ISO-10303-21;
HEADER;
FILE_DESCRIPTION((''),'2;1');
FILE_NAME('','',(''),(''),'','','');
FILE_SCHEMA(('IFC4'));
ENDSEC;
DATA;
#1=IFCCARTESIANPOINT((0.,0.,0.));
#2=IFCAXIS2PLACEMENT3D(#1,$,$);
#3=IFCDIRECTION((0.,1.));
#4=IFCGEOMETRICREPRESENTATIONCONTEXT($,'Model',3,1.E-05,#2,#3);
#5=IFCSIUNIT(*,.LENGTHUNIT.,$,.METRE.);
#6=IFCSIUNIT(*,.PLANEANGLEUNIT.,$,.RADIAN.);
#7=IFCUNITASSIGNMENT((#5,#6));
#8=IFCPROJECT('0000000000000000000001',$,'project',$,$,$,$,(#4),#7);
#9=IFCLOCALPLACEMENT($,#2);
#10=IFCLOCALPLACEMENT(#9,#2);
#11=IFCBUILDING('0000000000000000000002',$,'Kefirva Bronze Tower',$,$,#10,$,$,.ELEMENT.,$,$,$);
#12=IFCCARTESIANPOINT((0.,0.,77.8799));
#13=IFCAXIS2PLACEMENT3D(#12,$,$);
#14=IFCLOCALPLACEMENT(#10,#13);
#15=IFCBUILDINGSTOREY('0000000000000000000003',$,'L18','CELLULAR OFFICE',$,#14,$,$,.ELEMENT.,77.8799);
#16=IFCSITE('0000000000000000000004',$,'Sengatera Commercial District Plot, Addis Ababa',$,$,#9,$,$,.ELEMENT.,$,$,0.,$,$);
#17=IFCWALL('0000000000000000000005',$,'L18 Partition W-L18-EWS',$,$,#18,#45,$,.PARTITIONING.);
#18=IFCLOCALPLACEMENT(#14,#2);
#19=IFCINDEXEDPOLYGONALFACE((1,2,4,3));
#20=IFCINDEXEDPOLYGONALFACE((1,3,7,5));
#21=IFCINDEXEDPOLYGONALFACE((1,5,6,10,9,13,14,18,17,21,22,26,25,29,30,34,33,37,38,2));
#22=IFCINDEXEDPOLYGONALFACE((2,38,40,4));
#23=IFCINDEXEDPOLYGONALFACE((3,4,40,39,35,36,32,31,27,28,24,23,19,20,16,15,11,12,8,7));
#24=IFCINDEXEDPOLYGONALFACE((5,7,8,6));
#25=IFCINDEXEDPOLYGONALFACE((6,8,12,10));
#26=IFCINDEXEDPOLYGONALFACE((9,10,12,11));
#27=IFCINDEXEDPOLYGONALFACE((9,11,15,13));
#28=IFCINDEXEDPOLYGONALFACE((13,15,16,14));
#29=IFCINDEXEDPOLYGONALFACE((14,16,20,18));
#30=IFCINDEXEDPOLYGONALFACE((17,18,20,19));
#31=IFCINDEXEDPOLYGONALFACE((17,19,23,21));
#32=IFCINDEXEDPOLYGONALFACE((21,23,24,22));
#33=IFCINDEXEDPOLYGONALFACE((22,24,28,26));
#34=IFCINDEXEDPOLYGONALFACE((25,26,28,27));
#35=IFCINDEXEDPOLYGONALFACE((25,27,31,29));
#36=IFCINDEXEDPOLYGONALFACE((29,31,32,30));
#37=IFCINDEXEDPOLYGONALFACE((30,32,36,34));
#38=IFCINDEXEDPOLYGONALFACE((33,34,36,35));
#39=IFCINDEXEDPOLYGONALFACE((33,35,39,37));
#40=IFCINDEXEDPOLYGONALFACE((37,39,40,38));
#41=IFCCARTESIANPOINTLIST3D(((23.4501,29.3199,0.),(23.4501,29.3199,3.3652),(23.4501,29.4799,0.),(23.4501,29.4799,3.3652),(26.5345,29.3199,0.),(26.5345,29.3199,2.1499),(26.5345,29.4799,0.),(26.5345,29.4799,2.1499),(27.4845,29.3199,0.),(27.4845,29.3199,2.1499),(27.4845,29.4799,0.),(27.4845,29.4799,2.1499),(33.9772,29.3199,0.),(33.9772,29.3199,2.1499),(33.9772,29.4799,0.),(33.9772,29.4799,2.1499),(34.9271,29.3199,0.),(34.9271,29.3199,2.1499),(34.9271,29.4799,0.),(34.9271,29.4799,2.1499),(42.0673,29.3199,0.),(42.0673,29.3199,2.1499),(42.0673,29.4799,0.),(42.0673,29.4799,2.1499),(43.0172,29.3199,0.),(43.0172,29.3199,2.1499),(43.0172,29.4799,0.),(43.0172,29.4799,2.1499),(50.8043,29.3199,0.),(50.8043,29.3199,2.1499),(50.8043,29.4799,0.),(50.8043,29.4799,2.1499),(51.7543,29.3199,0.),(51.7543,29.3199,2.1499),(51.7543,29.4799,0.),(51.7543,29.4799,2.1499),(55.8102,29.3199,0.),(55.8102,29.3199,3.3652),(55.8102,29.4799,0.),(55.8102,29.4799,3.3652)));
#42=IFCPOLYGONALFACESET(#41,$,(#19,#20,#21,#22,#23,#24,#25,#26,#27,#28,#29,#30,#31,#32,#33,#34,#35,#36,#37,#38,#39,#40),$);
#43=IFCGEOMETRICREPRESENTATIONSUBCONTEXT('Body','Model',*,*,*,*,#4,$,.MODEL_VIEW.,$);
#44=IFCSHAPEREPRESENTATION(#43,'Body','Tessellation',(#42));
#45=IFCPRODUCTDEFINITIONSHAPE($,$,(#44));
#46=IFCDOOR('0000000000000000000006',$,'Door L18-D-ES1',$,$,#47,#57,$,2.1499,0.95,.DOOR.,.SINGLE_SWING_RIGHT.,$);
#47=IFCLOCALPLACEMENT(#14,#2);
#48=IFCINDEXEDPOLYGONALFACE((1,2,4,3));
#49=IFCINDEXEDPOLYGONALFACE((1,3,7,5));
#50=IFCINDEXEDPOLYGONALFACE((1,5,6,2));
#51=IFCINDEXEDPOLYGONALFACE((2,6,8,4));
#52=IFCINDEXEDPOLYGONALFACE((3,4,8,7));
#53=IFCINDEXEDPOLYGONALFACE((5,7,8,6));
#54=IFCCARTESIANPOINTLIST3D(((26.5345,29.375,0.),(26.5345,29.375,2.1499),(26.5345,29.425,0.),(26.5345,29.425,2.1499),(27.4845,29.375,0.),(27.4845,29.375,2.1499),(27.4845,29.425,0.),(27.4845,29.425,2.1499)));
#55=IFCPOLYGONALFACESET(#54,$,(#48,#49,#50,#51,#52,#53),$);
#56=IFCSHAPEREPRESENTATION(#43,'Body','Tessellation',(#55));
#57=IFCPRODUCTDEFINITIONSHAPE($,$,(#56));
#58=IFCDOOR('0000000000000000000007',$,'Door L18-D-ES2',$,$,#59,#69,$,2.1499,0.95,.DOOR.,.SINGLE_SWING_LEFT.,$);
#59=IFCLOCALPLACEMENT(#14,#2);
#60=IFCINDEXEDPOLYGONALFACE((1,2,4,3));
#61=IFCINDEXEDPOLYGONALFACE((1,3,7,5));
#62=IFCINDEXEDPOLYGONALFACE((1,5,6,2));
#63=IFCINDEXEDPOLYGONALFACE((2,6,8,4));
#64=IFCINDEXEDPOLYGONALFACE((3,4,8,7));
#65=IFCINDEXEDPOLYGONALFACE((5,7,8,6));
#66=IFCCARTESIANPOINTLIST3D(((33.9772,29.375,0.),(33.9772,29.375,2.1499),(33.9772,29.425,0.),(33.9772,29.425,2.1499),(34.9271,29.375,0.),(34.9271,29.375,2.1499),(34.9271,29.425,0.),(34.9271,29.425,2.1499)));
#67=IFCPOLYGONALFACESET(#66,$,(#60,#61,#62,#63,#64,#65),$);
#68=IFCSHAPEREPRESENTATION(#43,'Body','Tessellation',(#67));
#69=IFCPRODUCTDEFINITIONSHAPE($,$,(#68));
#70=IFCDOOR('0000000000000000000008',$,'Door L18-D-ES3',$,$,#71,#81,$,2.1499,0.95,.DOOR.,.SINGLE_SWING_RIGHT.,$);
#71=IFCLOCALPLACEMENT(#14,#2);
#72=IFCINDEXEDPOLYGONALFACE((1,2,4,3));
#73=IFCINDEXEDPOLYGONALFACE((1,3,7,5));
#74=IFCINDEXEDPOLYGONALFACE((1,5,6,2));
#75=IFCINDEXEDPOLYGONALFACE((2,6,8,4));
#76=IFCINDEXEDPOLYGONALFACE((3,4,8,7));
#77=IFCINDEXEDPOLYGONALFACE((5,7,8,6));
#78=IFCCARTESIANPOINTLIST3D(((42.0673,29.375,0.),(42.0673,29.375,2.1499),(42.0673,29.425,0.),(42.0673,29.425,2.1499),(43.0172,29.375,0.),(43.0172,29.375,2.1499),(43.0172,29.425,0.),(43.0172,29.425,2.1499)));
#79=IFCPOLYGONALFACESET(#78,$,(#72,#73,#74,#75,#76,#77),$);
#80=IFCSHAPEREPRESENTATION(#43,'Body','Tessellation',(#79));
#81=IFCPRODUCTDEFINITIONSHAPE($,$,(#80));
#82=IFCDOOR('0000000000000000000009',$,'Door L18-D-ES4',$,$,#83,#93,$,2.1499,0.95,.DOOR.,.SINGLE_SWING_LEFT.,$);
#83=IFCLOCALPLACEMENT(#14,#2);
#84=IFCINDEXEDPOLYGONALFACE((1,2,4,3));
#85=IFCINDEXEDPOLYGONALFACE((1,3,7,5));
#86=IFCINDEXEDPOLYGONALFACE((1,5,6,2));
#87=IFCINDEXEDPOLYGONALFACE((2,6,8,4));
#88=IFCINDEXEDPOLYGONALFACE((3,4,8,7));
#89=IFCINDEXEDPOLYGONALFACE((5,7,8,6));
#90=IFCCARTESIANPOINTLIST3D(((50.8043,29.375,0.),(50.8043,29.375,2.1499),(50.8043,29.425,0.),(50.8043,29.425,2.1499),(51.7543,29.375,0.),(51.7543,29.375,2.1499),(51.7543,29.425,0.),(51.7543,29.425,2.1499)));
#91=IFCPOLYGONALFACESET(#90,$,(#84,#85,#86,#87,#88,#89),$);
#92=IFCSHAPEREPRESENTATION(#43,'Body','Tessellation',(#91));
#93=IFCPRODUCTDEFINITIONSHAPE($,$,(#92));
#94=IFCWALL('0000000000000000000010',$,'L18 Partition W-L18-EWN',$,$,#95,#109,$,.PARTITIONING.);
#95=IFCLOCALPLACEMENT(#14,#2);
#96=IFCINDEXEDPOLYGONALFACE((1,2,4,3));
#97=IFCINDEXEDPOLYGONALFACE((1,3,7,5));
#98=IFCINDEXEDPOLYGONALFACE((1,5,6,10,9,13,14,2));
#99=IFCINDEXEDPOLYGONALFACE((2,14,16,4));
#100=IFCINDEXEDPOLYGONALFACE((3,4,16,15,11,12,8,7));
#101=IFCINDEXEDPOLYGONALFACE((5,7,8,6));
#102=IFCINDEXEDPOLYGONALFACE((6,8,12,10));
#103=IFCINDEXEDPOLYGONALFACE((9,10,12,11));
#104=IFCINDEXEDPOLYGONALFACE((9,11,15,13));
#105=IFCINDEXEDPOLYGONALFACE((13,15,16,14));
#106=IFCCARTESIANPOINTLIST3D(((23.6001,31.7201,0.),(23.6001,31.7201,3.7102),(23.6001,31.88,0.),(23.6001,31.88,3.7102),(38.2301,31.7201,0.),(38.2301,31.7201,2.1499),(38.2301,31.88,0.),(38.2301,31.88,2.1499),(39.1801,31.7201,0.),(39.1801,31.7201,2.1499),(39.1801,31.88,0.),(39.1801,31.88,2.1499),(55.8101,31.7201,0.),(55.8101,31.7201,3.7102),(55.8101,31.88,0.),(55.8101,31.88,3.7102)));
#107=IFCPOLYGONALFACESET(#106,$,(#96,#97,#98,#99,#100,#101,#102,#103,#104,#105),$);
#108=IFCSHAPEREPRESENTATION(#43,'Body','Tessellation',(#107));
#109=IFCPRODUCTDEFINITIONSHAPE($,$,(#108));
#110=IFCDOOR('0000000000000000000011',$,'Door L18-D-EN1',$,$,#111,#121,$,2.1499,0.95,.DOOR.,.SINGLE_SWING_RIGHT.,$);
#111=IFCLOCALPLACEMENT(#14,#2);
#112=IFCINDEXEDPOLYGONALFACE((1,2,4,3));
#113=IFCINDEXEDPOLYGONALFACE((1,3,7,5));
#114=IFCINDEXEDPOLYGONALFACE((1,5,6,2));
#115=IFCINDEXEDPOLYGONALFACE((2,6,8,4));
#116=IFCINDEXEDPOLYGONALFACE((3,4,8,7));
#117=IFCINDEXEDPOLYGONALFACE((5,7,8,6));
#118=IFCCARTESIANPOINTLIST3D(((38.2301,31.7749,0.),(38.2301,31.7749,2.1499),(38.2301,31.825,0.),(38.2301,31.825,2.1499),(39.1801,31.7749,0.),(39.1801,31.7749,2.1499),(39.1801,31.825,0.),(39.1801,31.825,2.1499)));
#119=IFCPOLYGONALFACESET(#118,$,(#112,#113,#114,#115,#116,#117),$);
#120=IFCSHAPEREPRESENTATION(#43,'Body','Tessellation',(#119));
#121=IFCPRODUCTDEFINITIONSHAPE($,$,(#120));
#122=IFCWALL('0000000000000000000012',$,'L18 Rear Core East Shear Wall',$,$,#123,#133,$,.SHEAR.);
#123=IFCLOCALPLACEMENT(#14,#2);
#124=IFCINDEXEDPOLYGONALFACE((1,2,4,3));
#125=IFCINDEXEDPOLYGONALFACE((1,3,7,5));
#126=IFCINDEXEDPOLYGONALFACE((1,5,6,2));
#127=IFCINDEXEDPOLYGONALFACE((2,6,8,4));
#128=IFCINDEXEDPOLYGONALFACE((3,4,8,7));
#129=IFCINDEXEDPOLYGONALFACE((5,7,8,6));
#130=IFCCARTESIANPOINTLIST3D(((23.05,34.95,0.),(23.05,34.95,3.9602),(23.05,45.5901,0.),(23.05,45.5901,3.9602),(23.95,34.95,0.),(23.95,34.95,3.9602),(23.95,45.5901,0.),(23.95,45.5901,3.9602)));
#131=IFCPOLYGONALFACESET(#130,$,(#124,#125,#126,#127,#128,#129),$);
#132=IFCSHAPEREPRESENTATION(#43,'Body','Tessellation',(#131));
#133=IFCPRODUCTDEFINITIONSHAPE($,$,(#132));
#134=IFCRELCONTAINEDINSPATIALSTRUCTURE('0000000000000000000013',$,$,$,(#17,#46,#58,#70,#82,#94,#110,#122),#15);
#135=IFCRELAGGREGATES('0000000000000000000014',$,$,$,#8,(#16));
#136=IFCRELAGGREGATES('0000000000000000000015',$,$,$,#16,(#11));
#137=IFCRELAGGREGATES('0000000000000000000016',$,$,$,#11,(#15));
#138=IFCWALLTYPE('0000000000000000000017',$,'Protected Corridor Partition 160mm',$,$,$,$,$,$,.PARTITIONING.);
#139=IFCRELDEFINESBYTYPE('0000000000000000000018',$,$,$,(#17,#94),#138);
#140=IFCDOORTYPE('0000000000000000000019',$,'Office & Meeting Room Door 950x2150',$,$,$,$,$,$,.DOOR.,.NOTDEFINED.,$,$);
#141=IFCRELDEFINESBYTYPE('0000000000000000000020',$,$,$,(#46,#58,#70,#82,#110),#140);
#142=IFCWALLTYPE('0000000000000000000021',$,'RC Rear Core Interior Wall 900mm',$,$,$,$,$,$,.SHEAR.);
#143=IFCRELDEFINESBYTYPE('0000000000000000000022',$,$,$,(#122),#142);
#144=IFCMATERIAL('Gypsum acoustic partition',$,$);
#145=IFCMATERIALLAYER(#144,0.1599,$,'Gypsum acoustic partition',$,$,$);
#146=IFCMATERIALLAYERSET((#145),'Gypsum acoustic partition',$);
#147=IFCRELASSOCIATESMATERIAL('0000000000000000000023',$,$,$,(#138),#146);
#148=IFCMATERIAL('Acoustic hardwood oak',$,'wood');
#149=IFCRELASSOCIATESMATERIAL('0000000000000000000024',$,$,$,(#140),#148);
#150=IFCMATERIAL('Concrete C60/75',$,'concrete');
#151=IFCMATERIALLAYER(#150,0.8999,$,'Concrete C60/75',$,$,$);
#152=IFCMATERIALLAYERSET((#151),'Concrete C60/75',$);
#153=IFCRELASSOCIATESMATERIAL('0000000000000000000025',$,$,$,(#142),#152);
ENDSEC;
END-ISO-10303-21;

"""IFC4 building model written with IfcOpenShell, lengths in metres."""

from ifc_helpers import new_model, si_unit, direction, frame, frame_2d, origin, place, context, subcontext, project, spatial, rectangle, extrude, material, layer, layer_set, type_object, element, fill, save


model = new_model("IFC4")

# Units and contexts
model_context = context("Model", 3, precision=1e-05, world=origin(), true_north=direction((0.0, 1.0)))
body_context = subcontext(model_context, "Body", "Model", "MODEL_VIEW")
ifc_project = project(units=[si_unit("LENGTHUNIT", "METRE"), si_unit("PLANEANGLEUNIT", "RADIAN")], contexts=[model_context])

# Site, building, storey
site_placement = place(None, origin())
site = spatial("IfcSite", under=ifc_project, at=site_placement, Name="Sengatera Commercial District Plot, Addis Ababa", CompositionType="ELEMENT", RefElevation=0.0)
building_placement = place(site_placement, origin())
building = spatial("IfcBuilding", under=site, at=building_placement, Name="Kefirva Bronze Tower", CompositionType="ELEMENT")
storey_placement = place(building_placement, frame((0.0, 0.0, 77.8799)))
storey = spatial("IfcBuildingStorey", under=building, at=storey_placement, Name="L18", Description="CELLULAR OFFICE", CompositionType="ELEMENT", Elevation=77.8799)

# Shared definitions
ifc_material_1 = material(Name="Concrete C60/75", Category="concrete")

# Wall, openings, doors
ifc_material_2 = material(Name="Gypsum acoustic partition")
ifc_layer_1 = layer(ifc_material_2, 0.1599, Name="Gypsum acoustic partition")
ifc_layer_set_1 = layer_set([ifc_layer_1], Name="Gypsum acoustic partition")
wall_type_1 = type_object("IfcWallType", Name="Protected Corridor Partition 160mm", PredefinedType="PARTITIONING", material=ifc_layer_set_1)
wall_1_placement = place(storey_placement, frame((23.45, 29.3999, 0.0), z_axis=(0.0, 0.0, 1.0), x_axis=(1.0, 0.0, 0.0)))
wall_1 = element("IfcWall", 1, at=wall_1_placement, inside=storey, type_object=wall_type_1, Name="L18 Partition W-L18-EWS", PredefinedType="PARTITIONING", context=body_context, shape_type="SweptSolid", body=[
    extrude(rectangle(XDim=32.3601, YDim=0.1599, at=frame_2d((16.1802, 0.0))), origin(), (0.0, 0.0, 1.0), 3.3652),
])
opening_1_placement = place(wall_1_placement, frame((4.0347, 0.0, 0.0), z_axis=(0.0, 0.0, 1.0), x_axis=(-1.0, 0.0, 0.0)))
opening_1 = element("IfcOpeningElement", 2, at=opening_1_placement, cuts=wall_1, PredefinedType="OPENING", context=body_context, shape_type="SweptSolid", body=[
    extrude(rectangle(XDim=0.95, YDim=2.1499, at=frame_2d((0.4751, 1.075))), frame((0.0, 0.0898, 0.0), z_axis=(0.0, -1.0, 0.0), x_axis=(1.0, 0.0, 0.0)), (0.0, 0.0, 1.0), 0.1799),
])
opening_2_placement = place(wall_1_placement, frame((11.4773, 0.0, 0.0), z_axis=(0.0, 0.0, 1.0), x_axis=(-1.0, 0.0, 0.0)))
opening_2 = element("IfcOpeningElement", 3, at=opening_2_placement, cuts=wall_1, PredefinedType="OPENING", context=body_context, shape_type="SweptSolid", body=[
    extrude(rectangle(XDim=0.95, YDim=2.1499, at=frame_2d((0.4751, 1.075))), frame((0.0, 0.0898, 0.0), z_axis=(0.0, -1.0, 0.0), x_axis=(1.0, 0.0, 0.0)), (0.0, 0.0, 1.0), 0.1799),
])
opening_3_placement = place(wall_1_placement, frame((19.5674, 0.0, 0.0), z_axis=(0.0, 0.0, 1.0), x_axis=(-1.0, 0.0, 0.0)))
opening_3 = element("IfcOpeningElement", 4, at=opening_3_placement, cuts=wall_1, PredefinedType="OPENING", context=body_context, shape_type="SweptSolid", body=[
    extrude(rectangle(XDim=0.95, YDim=2.1499, at=frame_2d((0.4751, 1.075))), frame((0.0, 0.0898, 0.0), z_axis=(0.0, -1.0, 0.0), x_axis=(1.0, 0.0, 0.0)), (0.0, 0.0, 1.0), 0.1799),
])
opening_4_placement = place(wall_1_placement, frame((28.3044, 0.0, 0.0), z_axis=(0.0, 0.0, 1.0), x_axis=(-1.0, 0.0, 0.0)))
opening_4 = element("IfcOpeningElement", 5, at=opening_4_placement, cuts=wall_1, PredefinedType="OPENING", context=body_context, shape_type="SweptSolid", body=[
    extrude(rectangle(XDim=0.95, YDim=2.1499, at=frame_2d((0.4751, 1.075))), frame((0.0, 0.0898, 0.0), z_axis=(0.0, -1.0, 0.0), x_axis=(1.0, 0.0, 0.0)), (0.0, 0.0, 1.0), 0.1799),
])
ifc_material_3 = material(Name="Acoustic hardwood oak", Category="wood")
door_type_1 = type_object("IfcDoorType", Name="Office & Meeting Room Door 950x2150", OperationType="NOTDEFINED", PredefinedType="DOOR", material=ifc_material_3)
door_1_placement = place(opening_1_placement, origin())
door_1 = element("IfcDoor", 6, at=door_1_placement, inside=storey, type_object=door_type_1, Name="Door L18-D-ES1", OperationType="SINGLE_SWING_RIGHT", OverallHeight=2.1499, OverallWidth=0.95, PredefinedType="DOOR", context=body_context, shape_type="SweptSolid", body=[
    extrude(rectangle(XDim=0.95, YDim=2.1499, at=frame_2d((0.4751, 1.075))), frame((0.0, 0.0249, 0.0), z_axis=(0.0, -1.0, 0.0), x_axis=(1.0, 0.0, 0.0)), (0.0, 0.0, 1.0), 0.05),
])
fill(opening_1, door_1)
door_2_placement = place(opening_2_placement, origin())
door_2 = element("IfcDoor", 7, at=door_2_placement, inside=storey, type_object=door_type_1, Name="Door L18-D-ES2", OperationType="SINGLE_SWING_LEFT", OverallHeight=2.1499, OverallWidth=0.95, PredefinedType="DOOR", context=body_context, shape_type="SweptSolid", body=[
    extrude(rectangle(XDim=0.95, YDim=2.1499, at=frame_2d((0.4751, 1.075))), frame((0.0, 0.0249, 0.0), z_axis=(0.0, -1.0, 0.0), x_axis=(1.0, 0.0, 0.0)), (0.0, 0.0, 1.0), 0.05),
])
fill(opening_2, door_2)
door_3_placement = place(opening_3_placement, origin())
door_3 = element("IfcDoor", 8, at=door_3_placement, inside=storey, type_object=door_type_1, Name="Door L18-D-ES3", OperationType="SINGLE_SWING_RIGHT", OverallHeight=2.1499, OverallWidth=0.95, PredefinedType="DOOR", context=body_context, shape_type="SweptSolid", body=[
    extrude(rectangle(XDim=0.95, YDim=2.1499, at=frame_2d((0.4751, 1.075))), frame((0.0, 0.0249, 0.0), z_axis=(0.0, -1.0, 0.0), x_axis=(1.0, 0.0, 0.0)), (0.0, 0.0, 1.0), 0.05),
])
fill(opening_3, door_3)
door_4_placement = place(opening_4_placement, origin())
door_4 = element("IfcDoor", 9, at=door_4_placement, inside=storey, type_object=door_type_1, Name="Door L18-D-ES4", OperationType="SINGLE_SWING_LEFT", OverallHeight=2.1499, OverallWidth=0.95, PredefinedType="DOOR", context=body_context, shape_type="SweptSolid", body=[
    extrude(rectangle(XDim=0.95, YDim=2.1499, at=frame_2d((0.4751, 1.075))), frame((0.0, 0.0249, 0.0), z_axis=(0.0, -1.0, 0.0), x_axis=(1.0, 0.0, 0.0)), (0.0, 0.0, 1.0), 0.05),
])
fill(opening_4, door_4)

# Wall, opening, door
wall_2_placement = place(storey_placement, frame((23.6001, 31.8, 0.0), z_axis=(0.0, 0.0, 1.0), x_axis=(1.0, 0.0, 0.0)))
wall_2 = element("IfcWall", 10, at=wall_2_placement, inside=storey, type_object=wall_type_1, Name="L18 Partition W-L18-EWN", PredefinedType="PARTITIONING", context=body_context, shape_type="SweptSolid", body=[
    extrude(rectangle(XDim=32.21, YDim=0.1599, at=frame_2d((16.105, 0.0))), origin(), (0.0, 0.0, 1.0), 3.7102),
])
opening_5_placement = place(wall_2_placement, frame((14.6299, 0.0, 0.0)))
opening_5 = element("IfcOpeningElement", 11, at=opening_5_placement, cuts=wall_2, PredefinedType="OPENING", context=body_context, shape_type="SweptSolid", body=[
    extrude(rectangle(XDim=0.95, YDim=2.1499, at=frame_2d((0.4751, 1.075))), frame((0.0, 0.0898, 0.0), z_axis=(0.0, -1.0, 0.0), x_axis=(1.0, 0.0, 0.0)), (0.0, 0.0, 1.0), 0.1799),
])
door_5_placement = place(opening_5_placement, origin())
door_5 = element("IfcDoor", 12, at=door_5_placement, inside=storey, type_object=door_type_1, Name="Door L18-D-EN1", OperationType="SINGLE_SWING_RIGHT", OverallHeight=2.1499, OverallWidth=0.95, PredefinedType="DOOR", context=body_context, shape_type="SweptSolid", body=[
    extrude(rectangle(XDim=0.95, YDim=2.1499, at=frame_2d((0.4751, 1.075))), frame((0.0, 0.0249, 0.0), z_axis=(0.0, -1.0, 0.0), x_axis=(1.0, 0.0, 0.0)), (0.0, 0.0, 1.0), 0.05),
])
fill(opening_5, door_5)

# Wall
ifc_layer_2 = layer(ifc_material_1, 0.8999, Name="Concrete C60/75")
ifc_layer_set_2 = layer_set([ifc_layer_2], Name="Concrete C60/75")
wall_type_2 = type_object("IfcWallType", Name="RC Rear Core Interior Wall 900mm", PredefinedType="SHEAR", material=ifc_layer_set_2)
wall_3_placement = place(storey_placement, frame((23.5, 34.95, 0.0), z_axis=(0.0, 0.0, 1.0), x_axis=(0.0, 1.0, 0.0)))
element("IfcWall", 13, at=wall_3_placement, inside=storey, type_object=wall_type_2, Name="L18 Rear Core East Shear Wall", PredefinedType="SHEAR", context=body_context, shape_type="SweptSolid", body=[
    extrude(rectangle(XDim=10.6401, YDim=0.8999, at=frame_2d((5.3201, 0.0))), origin(), (0.0, 0.0, 1.0), 3.9602),
])

save(model, "model.ifc")
